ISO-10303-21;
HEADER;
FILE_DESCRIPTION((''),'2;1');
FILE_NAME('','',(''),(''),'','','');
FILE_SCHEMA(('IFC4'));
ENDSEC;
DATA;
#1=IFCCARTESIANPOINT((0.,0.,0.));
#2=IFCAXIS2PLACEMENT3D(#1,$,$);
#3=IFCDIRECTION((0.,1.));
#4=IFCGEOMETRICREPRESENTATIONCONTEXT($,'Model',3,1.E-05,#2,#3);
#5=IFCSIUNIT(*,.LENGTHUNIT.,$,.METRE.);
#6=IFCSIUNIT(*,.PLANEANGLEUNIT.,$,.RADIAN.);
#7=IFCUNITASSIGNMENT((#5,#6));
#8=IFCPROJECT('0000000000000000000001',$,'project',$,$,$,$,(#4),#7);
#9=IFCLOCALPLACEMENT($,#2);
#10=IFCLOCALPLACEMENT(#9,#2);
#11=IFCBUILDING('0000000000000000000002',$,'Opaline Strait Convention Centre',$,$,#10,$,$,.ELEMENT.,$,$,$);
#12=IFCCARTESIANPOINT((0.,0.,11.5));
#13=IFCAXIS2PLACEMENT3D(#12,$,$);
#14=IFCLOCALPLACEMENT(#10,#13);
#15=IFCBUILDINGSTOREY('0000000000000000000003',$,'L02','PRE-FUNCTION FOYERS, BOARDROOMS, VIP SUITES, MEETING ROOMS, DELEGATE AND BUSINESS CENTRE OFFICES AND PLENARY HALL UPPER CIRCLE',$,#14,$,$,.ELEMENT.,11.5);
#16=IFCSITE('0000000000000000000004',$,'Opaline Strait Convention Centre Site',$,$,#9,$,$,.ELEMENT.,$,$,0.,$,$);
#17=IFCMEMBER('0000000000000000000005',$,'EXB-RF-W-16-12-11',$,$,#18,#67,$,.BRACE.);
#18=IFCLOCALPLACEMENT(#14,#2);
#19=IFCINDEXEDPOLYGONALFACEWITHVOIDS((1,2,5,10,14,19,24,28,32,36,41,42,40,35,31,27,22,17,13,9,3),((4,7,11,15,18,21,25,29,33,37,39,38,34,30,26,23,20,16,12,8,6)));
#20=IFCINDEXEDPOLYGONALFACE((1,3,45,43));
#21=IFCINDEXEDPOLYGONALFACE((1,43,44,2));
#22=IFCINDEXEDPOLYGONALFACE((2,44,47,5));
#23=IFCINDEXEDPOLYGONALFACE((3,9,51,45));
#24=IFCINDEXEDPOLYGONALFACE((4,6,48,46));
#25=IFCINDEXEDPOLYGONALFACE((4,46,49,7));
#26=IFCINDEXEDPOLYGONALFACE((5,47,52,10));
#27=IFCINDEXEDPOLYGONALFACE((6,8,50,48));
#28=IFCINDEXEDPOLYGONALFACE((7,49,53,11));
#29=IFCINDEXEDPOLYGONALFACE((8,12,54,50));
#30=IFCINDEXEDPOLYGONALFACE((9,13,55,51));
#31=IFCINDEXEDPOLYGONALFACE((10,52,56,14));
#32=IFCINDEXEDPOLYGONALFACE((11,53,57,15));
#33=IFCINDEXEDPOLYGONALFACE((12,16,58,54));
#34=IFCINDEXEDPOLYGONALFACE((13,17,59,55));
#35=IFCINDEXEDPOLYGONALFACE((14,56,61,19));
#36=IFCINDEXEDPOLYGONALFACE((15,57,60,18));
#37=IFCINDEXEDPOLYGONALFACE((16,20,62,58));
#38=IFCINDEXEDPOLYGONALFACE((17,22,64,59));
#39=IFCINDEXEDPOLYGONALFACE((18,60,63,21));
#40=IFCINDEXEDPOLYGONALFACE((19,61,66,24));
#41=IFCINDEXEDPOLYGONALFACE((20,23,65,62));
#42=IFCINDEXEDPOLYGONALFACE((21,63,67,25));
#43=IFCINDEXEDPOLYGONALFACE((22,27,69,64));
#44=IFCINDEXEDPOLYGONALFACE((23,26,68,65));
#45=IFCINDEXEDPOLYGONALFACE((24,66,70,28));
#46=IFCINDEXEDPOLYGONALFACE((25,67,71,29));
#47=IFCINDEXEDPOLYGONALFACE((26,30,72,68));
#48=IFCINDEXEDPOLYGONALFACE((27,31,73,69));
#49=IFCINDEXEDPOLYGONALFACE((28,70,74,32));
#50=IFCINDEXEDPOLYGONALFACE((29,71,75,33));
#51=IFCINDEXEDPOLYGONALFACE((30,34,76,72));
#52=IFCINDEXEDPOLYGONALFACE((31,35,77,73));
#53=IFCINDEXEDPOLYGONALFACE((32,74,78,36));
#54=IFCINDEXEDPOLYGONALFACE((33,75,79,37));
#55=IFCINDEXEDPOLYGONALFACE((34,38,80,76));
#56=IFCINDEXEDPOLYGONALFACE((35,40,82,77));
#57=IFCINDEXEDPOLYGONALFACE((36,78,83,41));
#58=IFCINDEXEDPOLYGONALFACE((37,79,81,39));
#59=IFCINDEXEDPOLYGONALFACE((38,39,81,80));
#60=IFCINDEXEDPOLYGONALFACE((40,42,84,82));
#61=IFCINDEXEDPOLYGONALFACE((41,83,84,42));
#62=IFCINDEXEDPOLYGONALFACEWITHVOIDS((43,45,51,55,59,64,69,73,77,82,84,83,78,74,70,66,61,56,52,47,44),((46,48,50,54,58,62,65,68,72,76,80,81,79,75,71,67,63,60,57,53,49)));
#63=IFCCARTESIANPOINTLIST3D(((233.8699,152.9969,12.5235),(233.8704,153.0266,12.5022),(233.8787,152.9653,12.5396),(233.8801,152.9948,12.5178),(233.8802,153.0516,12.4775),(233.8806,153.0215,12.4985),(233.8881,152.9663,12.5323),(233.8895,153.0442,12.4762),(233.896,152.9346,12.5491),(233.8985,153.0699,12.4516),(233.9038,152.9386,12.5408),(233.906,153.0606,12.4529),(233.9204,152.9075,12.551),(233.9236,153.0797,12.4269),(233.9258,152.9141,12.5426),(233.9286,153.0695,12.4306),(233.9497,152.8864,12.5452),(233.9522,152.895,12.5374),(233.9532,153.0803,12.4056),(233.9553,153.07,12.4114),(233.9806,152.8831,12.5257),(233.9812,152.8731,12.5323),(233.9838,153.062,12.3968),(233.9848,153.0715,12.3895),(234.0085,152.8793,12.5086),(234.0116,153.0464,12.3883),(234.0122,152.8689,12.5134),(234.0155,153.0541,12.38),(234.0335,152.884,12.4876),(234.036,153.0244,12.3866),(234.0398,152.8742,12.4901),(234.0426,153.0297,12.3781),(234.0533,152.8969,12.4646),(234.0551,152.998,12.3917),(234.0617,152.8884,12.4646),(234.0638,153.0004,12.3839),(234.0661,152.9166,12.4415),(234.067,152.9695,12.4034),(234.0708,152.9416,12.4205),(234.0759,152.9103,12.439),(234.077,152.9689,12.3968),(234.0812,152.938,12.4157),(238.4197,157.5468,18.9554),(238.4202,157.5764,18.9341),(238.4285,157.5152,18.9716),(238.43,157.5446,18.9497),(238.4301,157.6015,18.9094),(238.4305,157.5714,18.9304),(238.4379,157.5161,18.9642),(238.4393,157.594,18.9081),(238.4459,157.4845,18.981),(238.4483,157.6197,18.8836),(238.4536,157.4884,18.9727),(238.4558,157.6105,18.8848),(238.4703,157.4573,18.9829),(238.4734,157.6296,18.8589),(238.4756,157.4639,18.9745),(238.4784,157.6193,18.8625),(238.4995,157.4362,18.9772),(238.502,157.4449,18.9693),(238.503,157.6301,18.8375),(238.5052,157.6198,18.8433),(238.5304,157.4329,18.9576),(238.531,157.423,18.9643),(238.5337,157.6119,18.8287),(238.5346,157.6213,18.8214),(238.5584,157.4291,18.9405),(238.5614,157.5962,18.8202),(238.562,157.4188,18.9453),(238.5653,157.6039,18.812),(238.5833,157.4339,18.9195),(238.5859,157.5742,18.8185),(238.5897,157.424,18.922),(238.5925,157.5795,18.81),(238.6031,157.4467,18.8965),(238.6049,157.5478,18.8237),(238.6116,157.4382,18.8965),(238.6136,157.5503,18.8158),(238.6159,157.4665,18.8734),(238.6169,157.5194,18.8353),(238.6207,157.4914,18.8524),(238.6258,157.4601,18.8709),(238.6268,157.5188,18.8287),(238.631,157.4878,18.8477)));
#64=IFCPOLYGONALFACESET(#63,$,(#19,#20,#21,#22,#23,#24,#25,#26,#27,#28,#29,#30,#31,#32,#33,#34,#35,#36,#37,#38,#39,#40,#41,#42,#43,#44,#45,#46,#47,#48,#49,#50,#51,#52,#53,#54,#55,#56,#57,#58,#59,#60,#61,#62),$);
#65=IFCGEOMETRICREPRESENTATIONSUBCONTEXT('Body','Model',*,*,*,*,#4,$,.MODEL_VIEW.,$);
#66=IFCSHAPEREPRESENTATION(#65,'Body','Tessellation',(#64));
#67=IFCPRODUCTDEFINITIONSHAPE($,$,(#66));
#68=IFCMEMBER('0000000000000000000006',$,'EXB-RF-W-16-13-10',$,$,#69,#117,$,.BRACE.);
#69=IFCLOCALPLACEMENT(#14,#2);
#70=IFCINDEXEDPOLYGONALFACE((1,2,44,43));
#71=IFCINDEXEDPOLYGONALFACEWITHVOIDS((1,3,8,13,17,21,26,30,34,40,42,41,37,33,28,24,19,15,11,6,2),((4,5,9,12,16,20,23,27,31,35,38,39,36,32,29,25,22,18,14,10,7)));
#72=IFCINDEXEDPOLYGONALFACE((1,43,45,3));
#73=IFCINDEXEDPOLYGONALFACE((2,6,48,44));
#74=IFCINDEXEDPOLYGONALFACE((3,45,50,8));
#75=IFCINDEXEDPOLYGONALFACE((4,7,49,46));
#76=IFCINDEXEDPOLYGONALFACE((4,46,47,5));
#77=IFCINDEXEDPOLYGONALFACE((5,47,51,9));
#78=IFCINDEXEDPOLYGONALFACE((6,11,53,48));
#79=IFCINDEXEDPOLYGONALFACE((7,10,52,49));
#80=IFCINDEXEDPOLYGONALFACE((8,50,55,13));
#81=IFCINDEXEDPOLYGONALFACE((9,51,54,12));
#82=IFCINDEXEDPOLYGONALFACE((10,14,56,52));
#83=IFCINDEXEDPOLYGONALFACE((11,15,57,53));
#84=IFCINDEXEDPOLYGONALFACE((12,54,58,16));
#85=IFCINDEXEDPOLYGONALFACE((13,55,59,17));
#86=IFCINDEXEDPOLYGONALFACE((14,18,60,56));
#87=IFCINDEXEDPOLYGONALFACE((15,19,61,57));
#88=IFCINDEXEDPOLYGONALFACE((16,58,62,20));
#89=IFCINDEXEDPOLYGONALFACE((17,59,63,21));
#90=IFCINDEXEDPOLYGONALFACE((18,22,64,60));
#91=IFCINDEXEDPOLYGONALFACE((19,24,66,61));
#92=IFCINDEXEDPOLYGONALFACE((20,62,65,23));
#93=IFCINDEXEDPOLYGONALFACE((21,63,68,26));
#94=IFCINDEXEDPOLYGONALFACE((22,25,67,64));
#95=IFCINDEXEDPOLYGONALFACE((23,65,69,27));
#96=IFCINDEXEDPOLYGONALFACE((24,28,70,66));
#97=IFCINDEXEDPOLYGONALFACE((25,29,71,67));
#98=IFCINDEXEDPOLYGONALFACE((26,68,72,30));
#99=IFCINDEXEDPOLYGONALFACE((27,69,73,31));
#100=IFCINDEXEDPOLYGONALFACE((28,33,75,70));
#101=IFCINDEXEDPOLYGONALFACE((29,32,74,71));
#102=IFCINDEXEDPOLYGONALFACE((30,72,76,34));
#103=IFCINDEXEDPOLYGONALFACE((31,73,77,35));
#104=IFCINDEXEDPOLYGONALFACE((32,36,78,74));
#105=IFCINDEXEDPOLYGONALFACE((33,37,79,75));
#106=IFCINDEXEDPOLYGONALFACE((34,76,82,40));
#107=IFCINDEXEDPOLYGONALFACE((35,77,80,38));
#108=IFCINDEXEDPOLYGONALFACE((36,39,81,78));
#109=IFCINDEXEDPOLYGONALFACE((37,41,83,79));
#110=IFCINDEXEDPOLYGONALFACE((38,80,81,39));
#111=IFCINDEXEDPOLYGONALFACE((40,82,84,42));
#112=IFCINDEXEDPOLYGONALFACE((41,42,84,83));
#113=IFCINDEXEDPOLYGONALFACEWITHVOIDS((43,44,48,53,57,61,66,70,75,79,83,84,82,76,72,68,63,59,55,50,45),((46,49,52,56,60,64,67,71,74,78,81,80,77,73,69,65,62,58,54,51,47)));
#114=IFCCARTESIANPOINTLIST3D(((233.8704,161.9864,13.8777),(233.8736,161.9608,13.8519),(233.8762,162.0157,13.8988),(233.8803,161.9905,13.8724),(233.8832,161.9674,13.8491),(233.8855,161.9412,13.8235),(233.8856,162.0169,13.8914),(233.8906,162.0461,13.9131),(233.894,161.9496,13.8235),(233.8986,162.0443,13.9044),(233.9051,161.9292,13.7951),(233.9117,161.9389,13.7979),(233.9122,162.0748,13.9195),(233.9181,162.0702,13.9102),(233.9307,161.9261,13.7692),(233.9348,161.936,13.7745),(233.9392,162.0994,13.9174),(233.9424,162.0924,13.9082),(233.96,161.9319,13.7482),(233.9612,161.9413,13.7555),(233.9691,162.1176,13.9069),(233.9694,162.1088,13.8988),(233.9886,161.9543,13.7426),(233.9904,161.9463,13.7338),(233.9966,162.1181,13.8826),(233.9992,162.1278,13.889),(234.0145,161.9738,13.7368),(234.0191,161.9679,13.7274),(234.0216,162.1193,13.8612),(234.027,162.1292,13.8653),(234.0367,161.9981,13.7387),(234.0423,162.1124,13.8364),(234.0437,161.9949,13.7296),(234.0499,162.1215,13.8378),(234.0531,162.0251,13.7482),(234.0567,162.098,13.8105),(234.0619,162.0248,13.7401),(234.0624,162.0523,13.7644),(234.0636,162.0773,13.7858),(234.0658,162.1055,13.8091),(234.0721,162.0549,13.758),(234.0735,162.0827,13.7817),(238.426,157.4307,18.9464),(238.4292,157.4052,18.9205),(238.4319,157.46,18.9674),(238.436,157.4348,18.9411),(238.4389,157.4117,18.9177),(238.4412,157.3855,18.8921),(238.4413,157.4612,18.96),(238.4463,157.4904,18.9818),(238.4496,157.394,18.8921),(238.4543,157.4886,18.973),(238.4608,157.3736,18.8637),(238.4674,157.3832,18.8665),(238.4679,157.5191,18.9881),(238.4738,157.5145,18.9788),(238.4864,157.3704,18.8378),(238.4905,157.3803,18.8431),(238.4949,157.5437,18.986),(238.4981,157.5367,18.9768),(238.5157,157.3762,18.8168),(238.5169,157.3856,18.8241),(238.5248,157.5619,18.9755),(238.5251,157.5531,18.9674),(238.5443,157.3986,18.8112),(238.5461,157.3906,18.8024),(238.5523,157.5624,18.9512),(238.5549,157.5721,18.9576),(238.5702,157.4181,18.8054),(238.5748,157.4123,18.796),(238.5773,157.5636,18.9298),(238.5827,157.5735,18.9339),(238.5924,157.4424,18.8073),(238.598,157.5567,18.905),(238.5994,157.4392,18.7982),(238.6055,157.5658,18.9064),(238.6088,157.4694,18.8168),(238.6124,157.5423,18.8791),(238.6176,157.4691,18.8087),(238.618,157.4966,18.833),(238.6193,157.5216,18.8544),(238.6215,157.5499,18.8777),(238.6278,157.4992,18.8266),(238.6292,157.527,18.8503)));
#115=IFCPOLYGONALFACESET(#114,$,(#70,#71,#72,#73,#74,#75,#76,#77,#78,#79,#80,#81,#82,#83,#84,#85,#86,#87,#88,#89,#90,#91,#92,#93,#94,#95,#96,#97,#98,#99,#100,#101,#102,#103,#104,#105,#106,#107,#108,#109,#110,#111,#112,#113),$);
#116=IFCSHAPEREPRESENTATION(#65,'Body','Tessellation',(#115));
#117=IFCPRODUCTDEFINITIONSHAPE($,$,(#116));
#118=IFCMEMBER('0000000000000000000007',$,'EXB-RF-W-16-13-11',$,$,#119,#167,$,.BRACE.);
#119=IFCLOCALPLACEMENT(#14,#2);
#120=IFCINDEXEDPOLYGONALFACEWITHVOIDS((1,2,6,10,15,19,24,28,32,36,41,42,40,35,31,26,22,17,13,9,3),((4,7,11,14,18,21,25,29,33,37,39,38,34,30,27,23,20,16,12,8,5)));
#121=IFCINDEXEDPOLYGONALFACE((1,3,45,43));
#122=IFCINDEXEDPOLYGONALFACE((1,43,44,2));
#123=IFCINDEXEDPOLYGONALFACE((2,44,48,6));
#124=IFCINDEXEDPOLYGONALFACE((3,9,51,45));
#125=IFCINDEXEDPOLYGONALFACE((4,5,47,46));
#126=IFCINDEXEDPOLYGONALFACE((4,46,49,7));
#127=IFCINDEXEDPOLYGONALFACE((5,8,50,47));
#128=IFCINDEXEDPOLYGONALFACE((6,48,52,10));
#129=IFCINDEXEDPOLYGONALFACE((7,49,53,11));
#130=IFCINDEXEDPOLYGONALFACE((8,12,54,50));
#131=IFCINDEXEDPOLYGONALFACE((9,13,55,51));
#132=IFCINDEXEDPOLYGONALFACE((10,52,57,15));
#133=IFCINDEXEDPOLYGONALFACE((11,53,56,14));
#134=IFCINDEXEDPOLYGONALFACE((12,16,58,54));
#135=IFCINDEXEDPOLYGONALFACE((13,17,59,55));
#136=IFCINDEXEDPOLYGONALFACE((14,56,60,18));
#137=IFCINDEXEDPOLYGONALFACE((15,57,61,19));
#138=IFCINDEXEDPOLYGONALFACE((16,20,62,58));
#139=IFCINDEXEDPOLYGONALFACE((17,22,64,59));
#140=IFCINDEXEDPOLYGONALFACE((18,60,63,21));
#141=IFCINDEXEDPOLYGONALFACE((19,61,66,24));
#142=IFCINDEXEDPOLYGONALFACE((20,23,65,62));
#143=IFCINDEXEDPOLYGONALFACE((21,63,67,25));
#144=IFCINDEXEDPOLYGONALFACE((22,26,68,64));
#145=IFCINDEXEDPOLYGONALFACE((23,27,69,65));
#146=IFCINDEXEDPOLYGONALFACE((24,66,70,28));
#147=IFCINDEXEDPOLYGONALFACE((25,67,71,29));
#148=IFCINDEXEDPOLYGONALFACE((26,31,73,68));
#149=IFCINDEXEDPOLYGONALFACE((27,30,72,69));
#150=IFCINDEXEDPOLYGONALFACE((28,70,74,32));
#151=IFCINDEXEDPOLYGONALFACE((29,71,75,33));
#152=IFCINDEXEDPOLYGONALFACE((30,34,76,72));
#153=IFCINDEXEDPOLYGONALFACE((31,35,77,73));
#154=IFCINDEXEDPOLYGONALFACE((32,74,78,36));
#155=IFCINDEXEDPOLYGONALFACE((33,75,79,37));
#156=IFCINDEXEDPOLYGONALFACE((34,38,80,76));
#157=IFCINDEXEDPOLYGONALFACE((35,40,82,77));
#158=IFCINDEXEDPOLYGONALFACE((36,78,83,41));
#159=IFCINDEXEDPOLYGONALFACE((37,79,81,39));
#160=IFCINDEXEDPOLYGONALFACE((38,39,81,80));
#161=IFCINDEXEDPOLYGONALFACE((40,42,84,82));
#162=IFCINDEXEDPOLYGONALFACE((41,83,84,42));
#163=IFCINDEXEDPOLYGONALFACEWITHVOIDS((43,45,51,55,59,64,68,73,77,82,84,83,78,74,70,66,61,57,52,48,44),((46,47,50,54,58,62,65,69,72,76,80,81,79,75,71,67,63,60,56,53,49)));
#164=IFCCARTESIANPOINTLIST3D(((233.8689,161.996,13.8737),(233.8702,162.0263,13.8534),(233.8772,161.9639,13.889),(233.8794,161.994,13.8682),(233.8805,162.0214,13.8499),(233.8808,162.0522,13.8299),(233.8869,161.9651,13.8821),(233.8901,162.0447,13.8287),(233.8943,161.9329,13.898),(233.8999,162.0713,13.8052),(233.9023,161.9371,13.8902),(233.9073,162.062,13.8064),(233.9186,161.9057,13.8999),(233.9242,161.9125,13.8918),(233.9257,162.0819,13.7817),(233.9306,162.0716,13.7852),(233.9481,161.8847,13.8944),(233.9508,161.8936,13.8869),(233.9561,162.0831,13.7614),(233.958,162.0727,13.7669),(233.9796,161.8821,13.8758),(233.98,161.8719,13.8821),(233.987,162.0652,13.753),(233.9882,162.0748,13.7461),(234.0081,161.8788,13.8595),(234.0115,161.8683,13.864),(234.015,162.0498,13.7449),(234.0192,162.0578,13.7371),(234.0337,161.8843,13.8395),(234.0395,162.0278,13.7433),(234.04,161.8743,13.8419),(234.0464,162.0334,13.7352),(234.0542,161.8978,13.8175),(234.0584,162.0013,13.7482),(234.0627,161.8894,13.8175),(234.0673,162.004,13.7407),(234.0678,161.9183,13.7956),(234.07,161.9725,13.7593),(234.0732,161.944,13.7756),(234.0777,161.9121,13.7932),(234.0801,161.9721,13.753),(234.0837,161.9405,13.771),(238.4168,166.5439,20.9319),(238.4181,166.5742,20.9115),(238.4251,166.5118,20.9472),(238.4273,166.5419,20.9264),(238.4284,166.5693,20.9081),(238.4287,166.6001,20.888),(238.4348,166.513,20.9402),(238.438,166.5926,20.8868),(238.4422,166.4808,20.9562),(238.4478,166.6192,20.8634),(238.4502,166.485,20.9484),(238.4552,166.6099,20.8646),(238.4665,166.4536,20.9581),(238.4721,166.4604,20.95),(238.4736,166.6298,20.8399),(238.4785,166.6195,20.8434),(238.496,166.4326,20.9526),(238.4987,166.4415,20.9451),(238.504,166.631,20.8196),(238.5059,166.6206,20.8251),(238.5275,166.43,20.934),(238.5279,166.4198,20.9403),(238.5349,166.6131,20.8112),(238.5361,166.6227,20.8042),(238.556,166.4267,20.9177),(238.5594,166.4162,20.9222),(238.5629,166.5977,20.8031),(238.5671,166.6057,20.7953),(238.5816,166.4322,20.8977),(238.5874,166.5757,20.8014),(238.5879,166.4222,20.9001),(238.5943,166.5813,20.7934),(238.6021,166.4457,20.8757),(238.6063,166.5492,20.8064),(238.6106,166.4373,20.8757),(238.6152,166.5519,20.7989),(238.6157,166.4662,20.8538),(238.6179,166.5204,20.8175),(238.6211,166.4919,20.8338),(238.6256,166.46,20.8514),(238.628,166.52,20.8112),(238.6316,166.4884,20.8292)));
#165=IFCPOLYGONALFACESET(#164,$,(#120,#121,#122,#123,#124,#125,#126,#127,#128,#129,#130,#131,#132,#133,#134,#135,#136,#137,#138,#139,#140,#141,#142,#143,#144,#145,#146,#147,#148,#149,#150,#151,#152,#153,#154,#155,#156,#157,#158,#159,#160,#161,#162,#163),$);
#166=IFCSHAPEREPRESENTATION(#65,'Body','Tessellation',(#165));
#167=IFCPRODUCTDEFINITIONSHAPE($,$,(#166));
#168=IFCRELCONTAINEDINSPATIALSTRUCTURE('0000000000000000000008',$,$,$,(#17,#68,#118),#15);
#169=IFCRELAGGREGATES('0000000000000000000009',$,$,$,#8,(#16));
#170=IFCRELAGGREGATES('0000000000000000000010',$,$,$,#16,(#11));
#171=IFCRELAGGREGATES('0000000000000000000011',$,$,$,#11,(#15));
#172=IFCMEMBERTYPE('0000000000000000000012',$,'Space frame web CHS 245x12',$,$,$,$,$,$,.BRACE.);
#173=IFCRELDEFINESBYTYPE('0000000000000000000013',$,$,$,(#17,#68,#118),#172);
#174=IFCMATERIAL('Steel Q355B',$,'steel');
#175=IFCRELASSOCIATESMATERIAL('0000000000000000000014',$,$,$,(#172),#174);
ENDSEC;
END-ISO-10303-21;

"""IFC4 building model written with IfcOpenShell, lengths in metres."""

from ifc_helpers import new_model, si_unit, direction, frame, origin, origin_2d, place, context, subcontext, project, spatial, hollow_circle, extrude, material, material_profile, profile_set, type_object, element, save


model = new_model("IFC4")

# Units and contexts
model_context = context("Model", 3, precision=1e-05, world=origin(), true_north=direction((0.0, 1.0)))
body_context = subcontext(model_context, "Body", "Model", "MODEL_VIEW")
ifc_project = project(units=[si_unit("LENGTHUNIT", "METRE"), si_unit("PLANEANGLEUNIT", "RADIAN")], contexts=[model_context])

# Site, building, storey
site_placement = place(None, origin())
site = spatial("IfcSite", under=ifc_project, at=site_placement, Name="Opaline Strait Convention Centre Site", CompositionType="ELEMENT", RefElevation=0.0)
building_placement = place(site_placement, origin())
building = spatial("IfcBuilding", under=site, at=building_placement, Name="Opaline Strait Convention Centre", CompositionType="ELEMENT")
storey_placement = place(building_placement, frame((0.0, 0.0, 11.5)))
storey = spatial("IfcBuildingStorey", under=building, at=storey_placement, Name="L02", Description="PRE-FUNCTION FOYERS, BOARDROOMS, VIP SUITES, MEETING ROOMS, DELEGATE AND BUSINESS CENTRE OFFICES AND PLENARY HALL UPPER CIRCLE", CompositionType="ELEMENT", Elevation=11.5)

# Members
ifc_material_1 = material(Name="Steel Q355B", Category="steel")
ifc_material_profile_1 = material_profile(ifc_material_1, hollow_circle(Radius=0.1226, WallThickness=0.012, at=origin_2d()), Name="CHS 245x12")
ifc_profile_set_1 = profile_set([ifc_material_profile_1], Name="Steel Q355B")
member_type_1 = type_object("IfcMemberType", Name="Space frame web CHS 245x12", PredefinedType="BRACE", material=ifc_profile_set_1)
member_1_placement = place(storey_placement, frame((238.5249, 157.5249, 18.8965), z_axis=(-0.500098, -0.500098, -0.706969), x_axis=(0.707107, -0.707107, 0.0)))
element("IfcMember", 1, at=member_1_placement, inside=storey, type_object=member_type_1, Name="EXB-RF-W-16-12-11", PredefinedType="BRACE", context=body_context, shape_type="SweptSolid", body=[
    extrude(hollow_circle(Radius=0.1226, WallThickness=0.012, at=origin_2d()), origin(), (0.0, 0.0, 1.0), 9.0979),
])
member_2_placement = place(storey_placement, frame((238.5278, 157.4722, 18.8921), z_axis=(-0.555739, 0.555739, -0.618311), x_axis=(-0.707107, -0.707107, 0.0)))
element("IfcMember", 2, at=member_2_placement, inside=storey, type_object=member_type_1, Name="EXB-RF-W-16-13-10", PredefinedType="BRACE", context=body_context, shape_type="SweptSolid", body=[
    extrude(hollow_circle(Radius=0.1226, WallThickness=0.012, at=origin_2d()), origin(), (0.0, 0.0, 1.0), 8.1975),
])
member_3_placement = place(storey_placement, frame((238.5239, 166.5239, 20.8757), z_axis=(-0.476266, -0.476266, -0.739149), x_axis=(0.707107, -0.707107, 0.0)))
element("IfcMember", 3, at=member_3_placement, inside=storey, type_object=member_type_1, Name="EXB-RF-W-16-13-11", PredefinedType="BRACE", context=body_context, shape_type="SweptSolid", body=[
    extrude(hollow_circle(Radius=0.1226, WallThickness=0.012, at=origin_2d()), origin(), (0.0, 0.0, 1.0), 9.5491),
])

save(model, "model.ifc")
